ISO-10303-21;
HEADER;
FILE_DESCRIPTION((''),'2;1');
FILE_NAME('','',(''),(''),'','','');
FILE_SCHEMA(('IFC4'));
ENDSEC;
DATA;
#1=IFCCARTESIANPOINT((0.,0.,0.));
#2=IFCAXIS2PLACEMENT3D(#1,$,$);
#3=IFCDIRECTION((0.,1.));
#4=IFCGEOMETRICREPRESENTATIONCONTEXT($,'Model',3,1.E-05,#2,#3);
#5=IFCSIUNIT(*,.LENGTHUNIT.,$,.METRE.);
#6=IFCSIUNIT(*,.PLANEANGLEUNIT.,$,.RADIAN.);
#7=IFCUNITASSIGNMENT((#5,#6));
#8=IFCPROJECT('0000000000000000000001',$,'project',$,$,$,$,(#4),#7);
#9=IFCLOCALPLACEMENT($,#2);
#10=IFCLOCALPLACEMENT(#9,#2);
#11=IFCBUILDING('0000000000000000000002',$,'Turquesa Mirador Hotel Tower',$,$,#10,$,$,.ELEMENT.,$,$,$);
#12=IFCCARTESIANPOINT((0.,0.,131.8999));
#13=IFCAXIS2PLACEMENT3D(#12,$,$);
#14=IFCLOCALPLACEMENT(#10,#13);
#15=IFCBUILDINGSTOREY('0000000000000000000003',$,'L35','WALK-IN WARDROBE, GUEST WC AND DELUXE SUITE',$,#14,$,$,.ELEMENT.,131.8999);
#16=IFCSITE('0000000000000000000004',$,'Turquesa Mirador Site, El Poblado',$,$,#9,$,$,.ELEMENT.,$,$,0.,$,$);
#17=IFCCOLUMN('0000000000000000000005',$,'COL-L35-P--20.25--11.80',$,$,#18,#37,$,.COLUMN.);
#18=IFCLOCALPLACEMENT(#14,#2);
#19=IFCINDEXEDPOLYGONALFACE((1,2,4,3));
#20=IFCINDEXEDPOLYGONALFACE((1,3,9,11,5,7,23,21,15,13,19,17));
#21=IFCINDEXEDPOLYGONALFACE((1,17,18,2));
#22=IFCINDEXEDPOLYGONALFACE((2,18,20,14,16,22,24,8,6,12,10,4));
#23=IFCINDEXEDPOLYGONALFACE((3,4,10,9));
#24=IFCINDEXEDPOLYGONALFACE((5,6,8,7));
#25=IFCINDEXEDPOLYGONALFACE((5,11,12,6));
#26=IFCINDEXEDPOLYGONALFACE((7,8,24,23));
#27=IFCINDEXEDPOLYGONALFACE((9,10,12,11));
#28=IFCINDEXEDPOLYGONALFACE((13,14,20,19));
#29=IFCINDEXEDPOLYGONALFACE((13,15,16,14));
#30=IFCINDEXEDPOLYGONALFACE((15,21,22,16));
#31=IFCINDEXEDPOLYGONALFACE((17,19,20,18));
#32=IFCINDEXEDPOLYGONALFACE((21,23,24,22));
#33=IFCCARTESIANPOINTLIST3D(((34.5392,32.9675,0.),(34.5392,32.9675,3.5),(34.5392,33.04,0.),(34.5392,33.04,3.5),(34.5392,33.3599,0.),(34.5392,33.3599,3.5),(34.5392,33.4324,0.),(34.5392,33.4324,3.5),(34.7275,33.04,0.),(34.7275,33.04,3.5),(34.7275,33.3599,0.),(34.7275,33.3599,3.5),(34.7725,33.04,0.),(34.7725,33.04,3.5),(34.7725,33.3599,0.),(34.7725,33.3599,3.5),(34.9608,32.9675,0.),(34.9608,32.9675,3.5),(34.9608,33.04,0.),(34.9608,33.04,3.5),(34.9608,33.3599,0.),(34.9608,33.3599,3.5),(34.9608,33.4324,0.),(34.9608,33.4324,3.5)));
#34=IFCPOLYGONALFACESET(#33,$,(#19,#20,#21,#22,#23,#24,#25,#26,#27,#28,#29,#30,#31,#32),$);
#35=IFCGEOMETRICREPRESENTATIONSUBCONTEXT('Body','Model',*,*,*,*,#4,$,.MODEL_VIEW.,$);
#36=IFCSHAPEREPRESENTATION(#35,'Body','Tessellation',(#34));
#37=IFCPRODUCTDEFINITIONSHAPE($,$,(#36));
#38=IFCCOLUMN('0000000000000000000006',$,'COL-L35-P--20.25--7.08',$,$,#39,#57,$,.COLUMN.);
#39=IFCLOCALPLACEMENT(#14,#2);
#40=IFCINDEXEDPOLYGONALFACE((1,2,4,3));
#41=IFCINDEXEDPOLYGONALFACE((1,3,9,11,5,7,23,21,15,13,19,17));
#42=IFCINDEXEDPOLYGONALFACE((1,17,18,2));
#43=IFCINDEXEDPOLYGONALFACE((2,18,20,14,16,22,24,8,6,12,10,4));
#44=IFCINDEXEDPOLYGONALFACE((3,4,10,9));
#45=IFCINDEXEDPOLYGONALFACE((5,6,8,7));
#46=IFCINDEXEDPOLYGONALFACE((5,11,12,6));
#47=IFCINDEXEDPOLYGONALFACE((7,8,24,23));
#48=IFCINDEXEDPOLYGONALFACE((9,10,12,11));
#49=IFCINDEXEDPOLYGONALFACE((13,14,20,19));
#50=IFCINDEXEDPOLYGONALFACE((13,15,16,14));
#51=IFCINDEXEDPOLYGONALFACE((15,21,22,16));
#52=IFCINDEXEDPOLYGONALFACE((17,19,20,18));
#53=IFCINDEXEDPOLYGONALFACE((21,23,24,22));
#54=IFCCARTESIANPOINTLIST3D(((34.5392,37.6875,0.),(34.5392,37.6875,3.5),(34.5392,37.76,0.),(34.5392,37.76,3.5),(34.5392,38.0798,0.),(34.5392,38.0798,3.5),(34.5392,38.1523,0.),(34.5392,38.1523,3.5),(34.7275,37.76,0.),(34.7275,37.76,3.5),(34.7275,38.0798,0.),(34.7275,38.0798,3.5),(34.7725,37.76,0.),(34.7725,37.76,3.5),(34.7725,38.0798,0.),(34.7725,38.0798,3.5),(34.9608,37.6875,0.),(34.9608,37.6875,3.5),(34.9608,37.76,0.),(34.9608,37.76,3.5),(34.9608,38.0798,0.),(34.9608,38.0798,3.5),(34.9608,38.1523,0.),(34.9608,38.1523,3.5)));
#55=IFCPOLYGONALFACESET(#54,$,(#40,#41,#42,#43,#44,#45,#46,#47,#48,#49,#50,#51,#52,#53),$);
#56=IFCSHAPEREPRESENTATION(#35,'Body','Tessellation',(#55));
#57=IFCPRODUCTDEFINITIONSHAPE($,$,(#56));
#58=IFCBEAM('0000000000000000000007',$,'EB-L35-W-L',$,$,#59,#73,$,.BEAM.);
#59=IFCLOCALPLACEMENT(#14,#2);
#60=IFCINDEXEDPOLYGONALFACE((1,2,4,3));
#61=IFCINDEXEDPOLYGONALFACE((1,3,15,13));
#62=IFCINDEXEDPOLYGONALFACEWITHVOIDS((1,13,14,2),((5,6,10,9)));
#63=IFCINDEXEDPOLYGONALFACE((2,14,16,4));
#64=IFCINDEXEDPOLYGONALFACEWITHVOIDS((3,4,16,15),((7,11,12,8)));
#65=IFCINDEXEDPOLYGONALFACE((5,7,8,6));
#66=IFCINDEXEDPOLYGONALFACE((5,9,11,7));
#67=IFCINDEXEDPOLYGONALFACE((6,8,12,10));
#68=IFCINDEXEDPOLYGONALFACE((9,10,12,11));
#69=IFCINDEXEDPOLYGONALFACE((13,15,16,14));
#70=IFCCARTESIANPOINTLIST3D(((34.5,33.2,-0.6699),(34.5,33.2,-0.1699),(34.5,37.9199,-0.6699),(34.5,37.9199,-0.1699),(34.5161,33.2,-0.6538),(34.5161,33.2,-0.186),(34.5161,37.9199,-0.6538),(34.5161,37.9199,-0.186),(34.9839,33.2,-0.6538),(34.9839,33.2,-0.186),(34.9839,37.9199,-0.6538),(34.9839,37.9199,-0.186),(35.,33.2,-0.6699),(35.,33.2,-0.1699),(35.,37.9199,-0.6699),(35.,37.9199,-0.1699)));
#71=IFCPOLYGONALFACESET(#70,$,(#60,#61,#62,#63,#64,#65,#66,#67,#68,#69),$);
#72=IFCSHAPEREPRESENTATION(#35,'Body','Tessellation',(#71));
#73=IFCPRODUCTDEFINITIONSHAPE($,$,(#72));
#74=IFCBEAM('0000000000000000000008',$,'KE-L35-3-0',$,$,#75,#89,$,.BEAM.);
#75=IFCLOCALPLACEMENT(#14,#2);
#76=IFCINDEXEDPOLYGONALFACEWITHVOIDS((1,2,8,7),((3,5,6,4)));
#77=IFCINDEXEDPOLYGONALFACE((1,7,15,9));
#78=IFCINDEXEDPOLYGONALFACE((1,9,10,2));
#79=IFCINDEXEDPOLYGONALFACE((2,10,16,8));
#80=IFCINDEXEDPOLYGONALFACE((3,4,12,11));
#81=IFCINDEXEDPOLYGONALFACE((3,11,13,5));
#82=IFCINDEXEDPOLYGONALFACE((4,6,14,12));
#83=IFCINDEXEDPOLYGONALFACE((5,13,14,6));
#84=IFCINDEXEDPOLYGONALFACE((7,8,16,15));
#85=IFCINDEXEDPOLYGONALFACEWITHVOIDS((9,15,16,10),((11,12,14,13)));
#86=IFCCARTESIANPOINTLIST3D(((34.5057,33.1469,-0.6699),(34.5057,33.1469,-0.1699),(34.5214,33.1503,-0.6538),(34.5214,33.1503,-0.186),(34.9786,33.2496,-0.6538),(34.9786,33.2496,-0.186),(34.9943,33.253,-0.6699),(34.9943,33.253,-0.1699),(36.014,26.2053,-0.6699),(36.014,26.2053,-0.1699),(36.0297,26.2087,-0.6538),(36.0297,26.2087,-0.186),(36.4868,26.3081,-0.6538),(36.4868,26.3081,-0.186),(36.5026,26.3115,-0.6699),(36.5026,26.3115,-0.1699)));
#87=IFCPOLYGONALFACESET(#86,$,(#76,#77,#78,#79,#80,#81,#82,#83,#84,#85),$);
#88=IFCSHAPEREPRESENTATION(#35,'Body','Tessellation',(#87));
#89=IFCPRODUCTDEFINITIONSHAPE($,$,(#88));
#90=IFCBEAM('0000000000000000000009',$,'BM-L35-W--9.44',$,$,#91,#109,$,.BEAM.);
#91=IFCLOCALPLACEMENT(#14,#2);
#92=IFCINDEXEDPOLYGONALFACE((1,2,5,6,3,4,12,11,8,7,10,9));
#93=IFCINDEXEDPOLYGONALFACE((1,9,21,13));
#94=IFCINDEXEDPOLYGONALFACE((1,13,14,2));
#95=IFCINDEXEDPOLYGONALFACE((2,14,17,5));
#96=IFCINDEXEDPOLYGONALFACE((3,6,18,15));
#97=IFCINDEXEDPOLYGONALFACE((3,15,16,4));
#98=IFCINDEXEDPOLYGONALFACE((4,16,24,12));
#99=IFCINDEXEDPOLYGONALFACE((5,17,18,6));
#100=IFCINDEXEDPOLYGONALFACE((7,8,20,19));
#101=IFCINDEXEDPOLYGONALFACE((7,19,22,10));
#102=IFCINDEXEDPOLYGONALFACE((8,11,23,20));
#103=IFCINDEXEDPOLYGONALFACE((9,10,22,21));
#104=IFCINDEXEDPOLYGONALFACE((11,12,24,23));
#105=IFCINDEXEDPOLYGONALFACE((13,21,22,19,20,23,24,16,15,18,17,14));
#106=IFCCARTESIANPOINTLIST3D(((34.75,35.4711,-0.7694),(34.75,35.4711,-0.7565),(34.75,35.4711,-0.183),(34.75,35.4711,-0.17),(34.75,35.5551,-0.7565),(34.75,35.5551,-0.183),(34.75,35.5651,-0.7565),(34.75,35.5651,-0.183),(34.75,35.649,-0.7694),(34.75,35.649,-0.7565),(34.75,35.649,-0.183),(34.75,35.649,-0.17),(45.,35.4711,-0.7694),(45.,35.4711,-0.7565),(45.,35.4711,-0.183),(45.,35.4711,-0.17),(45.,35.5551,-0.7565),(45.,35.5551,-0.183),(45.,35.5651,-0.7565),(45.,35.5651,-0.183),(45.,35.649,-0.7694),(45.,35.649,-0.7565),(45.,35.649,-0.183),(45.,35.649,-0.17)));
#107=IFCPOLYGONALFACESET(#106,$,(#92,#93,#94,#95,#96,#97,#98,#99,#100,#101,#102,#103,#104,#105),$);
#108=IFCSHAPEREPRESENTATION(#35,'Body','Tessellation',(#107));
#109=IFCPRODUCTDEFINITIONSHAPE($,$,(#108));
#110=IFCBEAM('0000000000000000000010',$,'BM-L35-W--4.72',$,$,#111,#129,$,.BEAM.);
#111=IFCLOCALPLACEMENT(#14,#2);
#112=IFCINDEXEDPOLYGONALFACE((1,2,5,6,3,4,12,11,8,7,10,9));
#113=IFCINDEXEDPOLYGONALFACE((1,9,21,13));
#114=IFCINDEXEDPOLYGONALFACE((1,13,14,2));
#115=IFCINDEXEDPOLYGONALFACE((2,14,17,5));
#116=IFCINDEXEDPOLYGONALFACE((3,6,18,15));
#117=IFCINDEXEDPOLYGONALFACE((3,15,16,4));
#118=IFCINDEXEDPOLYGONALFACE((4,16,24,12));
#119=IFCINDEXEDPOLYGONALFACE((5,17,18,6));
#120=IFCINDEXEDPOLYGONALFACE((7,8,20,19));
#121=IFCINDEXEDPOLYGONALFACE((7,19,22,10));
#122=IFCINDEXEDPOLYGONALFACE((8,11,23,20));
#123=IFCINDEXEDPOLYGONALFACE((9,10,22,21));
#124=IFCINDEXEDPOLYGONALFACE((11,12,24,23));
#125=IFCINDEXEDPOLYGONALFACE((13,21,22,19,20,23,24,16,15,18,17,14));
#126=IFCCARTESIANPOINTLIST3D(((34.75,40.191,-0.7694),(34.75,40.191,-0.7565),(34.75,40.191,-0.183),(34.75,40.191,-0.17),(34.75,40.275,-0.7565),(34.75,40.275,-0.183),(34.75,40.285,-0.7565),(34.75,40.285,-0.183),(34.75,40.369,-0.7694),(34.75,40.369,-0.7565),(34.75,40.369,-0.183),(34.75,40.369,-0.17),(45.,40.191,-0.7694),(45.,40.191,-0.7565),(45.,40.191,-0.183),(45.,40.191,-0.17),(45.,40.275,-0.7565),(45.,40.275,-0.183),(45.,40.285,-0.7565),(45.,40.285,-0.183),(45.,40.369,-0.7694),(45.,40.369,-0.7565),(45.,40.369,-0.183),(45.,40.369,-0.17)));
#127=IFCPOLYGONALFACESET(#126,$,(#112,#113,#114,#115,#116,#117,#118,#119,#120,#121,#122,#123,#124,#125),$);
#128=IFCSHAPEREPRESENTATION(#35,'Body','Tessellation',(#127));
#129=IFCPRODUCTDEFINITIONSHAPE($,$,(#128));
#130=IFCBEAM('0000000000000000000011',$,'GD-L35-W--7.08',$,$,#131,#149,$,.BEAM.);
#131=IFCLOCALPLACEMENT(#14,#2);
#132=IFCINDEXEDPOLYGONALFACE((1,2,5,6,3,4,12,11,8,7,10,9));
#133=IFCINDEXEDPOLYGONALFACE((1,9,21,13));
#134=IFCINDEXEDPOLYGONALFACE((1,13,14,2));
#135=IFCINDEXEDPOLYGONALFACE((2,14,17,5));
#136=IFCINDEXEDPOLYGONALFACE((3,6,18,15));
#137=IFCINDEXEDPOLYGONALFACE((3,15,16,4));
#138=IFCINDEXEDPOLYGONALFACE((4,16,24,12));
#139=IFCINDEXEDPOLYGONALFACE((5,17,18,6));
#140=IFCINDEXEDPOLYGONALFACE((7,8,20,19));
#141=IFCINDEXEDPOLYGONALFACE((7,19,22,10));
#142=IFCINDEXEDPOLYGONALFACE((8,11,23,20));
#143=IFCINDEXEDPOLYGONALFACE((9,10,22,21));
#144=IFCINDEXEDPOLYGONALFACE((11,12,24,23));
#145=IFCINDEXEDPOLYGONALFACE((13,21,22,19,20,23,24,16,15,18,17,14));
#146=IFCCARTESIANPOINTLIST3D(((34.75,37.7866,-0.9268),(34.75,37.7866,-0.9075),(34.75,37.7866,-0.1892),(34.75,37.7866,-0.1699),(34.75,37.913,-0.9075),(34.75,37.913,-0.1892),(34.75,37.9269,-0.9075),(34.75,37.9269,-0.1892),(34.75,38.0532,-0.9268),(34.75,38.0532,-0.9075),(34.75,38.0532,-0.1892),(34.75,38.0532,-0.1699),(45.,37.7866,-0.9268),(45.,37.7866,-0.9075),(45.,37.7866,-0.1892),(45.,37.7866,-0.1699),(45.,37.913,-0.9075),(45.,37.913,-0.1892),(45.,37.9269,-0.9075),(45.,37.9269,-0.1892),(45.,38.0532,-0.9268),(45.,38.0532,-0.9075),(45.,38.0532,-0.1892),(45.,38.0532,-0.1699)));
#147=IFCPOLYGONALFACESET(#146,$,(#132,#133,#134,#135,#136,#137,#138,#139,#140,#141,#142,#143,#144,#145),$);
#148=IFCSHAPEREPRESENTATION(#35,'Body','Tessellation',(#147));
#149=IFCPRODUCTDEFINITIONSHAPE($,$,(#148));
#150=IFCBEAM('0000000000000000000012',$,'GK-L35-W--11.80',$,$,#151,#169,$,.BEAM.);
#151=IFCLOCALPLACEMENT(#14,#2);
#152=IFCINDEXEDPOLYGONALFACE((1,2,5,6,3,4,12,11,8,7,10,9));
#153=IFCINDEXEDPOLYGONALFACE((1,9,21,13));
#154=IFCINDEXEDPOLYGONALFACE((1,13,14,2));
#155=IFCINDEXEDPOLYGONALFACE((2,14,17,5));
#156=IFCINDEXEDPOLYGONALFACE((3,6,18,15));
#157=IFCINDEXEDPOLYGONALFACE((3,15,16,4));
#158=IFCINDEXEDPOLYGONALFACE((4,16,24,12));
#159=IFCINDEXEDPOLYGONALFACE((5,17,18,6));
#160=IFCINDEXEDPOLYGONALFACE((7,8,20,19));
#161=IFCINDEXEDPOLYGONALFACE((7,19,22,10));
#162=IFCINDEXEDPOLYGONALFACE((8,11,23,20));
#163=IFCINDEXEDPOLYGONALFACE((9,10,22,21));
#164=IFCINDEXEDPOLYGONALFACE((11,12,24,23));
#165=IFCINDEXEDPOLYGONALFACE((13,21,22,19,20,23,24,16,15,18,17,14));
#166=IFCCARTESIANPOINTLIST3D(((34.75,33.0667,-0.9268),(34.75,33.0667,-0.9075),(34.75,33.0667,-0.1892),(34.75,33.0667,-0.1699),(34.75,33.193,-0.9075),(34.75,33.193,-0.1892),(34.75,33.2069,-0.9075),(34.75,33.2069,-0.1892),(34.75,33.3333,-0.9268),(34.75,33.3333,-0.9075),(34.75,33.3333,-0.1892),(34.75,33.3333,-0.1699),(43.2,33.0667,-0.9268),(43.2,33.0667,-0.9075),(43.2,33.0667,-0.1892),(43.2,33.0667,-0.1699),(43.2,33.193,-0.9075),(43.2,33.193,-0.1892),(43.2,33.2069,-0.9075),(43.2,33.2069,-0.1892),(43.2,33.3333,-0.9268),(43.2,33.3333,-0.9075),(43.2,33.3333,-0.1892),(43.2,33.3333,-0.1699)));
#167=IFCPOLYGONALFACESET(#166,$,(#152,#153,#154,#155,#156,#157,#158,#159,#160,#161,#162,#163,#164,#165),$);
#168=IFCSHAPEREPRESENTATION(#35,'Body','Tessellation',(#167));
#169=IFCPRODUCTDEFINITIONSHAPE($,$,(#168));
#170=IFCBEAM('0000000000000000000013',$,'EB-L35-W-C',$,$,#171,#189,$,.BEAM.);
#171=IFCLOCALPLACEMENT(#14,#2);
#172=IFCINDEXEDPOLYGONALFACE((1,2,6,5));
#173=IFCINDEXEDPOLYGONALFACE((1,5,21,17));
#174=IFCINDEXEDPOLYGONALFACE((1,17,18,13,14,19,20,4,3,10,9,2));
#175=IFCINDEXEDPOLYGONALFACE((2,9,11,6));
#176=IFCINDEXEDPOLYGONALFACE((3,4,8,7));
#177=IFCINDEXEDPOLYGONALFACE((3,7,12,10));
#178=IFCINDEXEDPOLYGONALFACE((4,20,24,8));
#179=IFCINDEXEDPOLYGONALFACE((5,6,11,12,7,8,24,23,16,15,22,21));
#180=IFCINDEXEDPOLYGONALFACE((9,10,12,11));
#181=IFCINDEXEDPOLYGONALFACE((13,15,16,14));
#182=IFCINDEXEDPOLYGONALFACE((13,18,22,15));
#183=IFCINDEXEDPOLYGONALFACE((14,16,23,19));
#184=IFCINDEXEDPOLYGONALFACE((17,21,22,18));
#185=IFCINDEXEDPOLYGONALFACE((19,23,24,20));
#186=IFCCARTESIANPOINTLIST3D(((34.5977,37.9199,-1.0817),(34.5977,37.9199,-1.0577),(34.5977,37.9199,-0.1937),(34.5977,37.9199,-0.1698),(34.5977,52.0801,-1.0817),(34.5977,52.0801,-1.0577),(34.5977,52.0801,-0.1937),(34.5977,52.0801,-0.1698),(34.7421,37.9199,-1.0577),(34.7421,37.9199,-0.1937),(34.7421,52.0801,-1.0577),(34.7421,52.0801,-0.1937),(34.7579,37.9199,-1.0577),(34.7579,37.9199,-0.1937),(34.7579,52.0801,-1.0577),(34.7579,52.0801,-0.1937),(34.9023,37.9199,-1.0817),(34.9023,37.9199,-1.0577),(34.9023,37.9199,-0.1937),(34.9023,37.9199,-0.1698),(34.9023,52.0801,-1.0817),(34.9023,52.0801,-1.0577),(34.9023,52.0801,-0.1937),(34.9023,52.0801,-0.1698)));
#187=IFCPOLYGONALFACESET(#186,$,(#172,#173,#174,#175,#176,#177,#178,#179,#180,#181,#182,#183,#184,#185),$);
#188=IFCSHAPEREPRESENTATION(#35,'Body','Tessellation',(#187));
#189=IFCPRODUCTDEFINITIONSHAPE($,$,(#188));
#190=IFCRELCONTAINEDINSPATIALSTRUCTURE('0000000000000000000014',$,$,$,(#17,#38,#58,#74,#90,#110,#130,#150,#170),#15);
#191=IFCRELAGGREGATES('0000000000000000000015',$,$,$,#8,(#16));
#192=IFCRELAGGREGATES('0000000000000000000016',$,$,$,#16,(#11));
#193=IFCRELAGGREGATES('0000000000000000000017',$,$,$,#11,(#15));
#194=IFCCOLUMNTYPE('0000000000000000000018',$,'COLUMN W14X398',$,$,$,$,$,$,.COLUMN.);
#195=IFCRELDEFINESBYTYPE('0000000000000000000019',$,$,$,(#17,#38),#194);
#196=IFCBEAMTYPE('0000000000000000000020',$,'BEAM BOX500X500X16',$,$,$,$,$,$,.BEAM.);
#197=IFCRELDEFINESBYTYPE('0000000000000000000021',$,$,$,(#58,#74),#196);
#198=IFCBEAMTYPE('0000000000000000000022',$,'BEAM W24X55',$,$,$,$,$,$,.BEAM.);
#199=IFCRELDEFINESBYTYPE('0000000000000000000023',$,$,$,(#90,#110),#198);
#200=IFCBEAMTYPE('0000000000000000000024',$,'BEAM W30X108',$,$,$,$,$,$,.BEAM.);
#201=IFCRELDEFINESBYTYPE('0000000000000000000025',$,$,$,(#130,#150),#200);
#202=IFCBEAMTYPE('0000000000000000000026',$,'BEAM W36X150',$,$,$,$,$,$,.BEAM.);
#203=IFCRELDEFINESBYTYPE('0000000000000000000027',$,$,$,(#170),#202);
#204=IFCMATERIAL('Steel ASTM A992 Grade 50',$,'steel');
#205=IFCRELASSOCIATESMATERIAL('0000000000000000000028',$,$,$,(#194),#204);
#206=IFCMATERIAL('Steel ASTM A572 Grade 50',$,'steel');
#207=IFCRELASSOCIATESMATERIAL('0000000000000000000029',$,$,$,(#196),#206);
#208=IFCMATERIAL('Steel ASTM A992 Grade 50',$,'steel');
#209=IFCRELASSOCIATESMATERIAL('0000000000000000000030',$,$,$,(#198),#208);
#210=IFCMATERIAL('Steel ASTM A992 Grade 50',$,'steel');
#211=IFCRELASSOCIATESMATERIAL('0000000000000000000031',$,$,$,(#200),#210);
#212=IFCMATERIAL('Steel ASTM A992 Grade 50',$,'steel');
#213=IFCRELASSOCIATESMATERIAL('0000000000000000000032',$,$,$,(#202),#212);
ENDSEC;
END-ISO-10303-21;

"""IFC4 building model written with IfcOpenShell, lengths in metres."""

from ifc_helpers import new_model, si_unit, direction, frame, origin, origin_2d, place, context, subcontext, project, spatial, hollow_rectangle, i_section, extrude, material, material_profile, profile_set, type_object, element, save


model = new_model("IFC4")

# Units and contexts
model_context = context("Model", 3, precision=1e-05, world=origin(), true_north=direction((0.0, 1.0)))
body_context = subcontext(model_context, "Body", "Model", "MODEL_VIEW")
ifc_project = project(units=[si_unit("LENGTHUNIT", "METRE"), si_unit("PLANEANGLEUNIT", "RADIAN")], contexts=[model_context])

# Site, building, storey
site_placement = place(None, origin())
site = spatial("IfcSite", under=ifc_project, at=site_placement, Name="Turquesa Mirador Site, El Poblado", CompositionType="ELEMENT", RefElevation=0.0)
building_placement = place(site_placement, origin())
building = spatial("IfcBuilding", under=site, at=building_placement, Name="Turquesa Mirador Hotel Tower", CompositionType="ELEMENT")
storey_placement = place(building_placement, frame((0.0, 0.0, 131.8999)))
storey = spatial("IfcBuildingStorey", under=building, at=storey_placement, Name="L35", Description="WALK-IN WARDROBE, GUEST WC AND DELUXE SUITE", CompositionType="ELEMENT", Elevation=131.8999)

# Columns
ifc_material_1 = material(Name="Steel ASTM A992 Grade 50", Category="steel")
ifc_material_profile_1 = material_profile(ifc_material_1, i_section(OverallWidth=0.4216, OverallDepth=0.4648, WebThickness=0.0449, FlangeThickness=0.0725, at=origin_2d()), Name="W14X398")
ifc_profile_set_1 = profile_set([ifc_material_profile_1], Name="Steel ASTM A992 Grade 50")
column_type = type_object("IfcColumnType", Name="COLUMN W14X398", PredefinedType="COLUMN", material=ifc_profile_set_1)
for number, where, z_axis, x_axis, name in (
    (1, (34.75, 33.2, 0.0), (0.0, 0.0, 1.0), (1.0, 0.0, 0.0), "COL-L35-P--20.25--11.80"),
    (2, (34.75, 37.9199, 0.0), (0.0, 0.0, 1.0), (1.0, 0.0, 0.0), "COL-L35-P--20.25--7.08"),
):
    element("IfcColumn", number, at=place(storey_placement, frame(where, z_axis=z_axis, x_axis=x_axis)), inside=storey, type_object=column_type, Name=name, PredefinedType="COLUMN", context=body_context, shape_type="SweptSolid", body=[
        extrude(i_section(OverallWidth=0.4216, OverallDepth=0.4648, WebThickness=0.0449, FlangeThickness=0.0725, at=origin_2d()), origin(), (0.0, 0.0, 1.0), 3.5),
    ])

# Beams
ifc_material_2 = material(Name="Steel ASTM A572 Grade 50", Category="steel")
ifc_material_profile_2 = material_profile(ifc_material_2, hollow_rectangle(XDim=0.5, YDim=0.5, WallThickness=0.0161, at=origin_2d()), Name="BOX500X500X16")
ifc_profile_set_2 = profile_set([ifc_material_profile_2], Name="Steel ASTM A572 Grade 50")
beam_type_1 = type_object("IfcBeamType", Name="BEAM BOX500X500X16", PredefinedType="BEAM", material=ifc_profile_set_2)
beam_1_placement = place(storey_placement, frame((34.75, 33.2, -0.4199), z_axis=(0.0, 1.0, 0.0), x_axis=(-1.0, 0.0, 0.0)))
element("IfcBeam", 3, at=beam_1_placement, inside=storey, type_object=beam_type_1, Name="EB-L35-W-L", PredefinedType="BEAM", context=body_context, shape_type="SweptSolid", body=[
    extrude(hollow_rectangle(XDim=0.5, YDim=0.5, WallThickness=0.0161, at=origin_2d()), origin(), (0.0, 0.0, 1.0), 4.72),
])
beam_2_placement = place(storey_placement, frame((34.75, 33.2, -0.4199), z_axis=(0.212328, -0.977198, 0.0), x_axis=(0.977198, 0.212328, 0.0)))
element("IfcBeam", 4, at=beam_2_placement, inside=storey, type_object=beam_type_1, Name="KE-L35-3-0", PredefinedType="BEAM", context=body_context, shape_type="SweptSolid", body=[
    extrude(hollow_rectangle(XDim=0.5, YDim=0.5, WallThickness=0.0161, at=origin_2d()), origin(), (0.0, 0.0, 1.0), 7.1035),
])
ifc_material_3 = material(Name="Steel ASTM A992 Grade 50", Category="steel")
ifc_material_profile_3 = material_profile(ifc_material_3, i_section(OverallWidth=0.178, OverallDepth=0.5994, WebThickness=0.01, FlangeThickness=0.0129, at=origin_2d()), Name="W24X55")
ifc_profile_set_3 = profile_set([ifc_material_profile_3], Name="Steel ASTM A992 Grade 50")
beam_type_2 = type_object("IfcBeamType", Name="BEAM W24X55", PredefinedType="BEAM", material=ifc_profile_set_3)
for number, where, z_axis, x_axis, name in (
    (5, (34.75, 35.5601, -0.4697), (1.0, 0.0, 0.0), (0.0, 1.0, 0.0), "BM-L35-W--9.44"),
    (6, (34.75, 40.28, -0.4697), (1.0, 0.0, 0.0), (0.0, 1.0, 0.0), "BM-L35-W--4.72"),
):
    element("IfcBeam", number, at=place(storey_placement, frame(where, z_axis=z_axis, x_axis=x_axis)), inside=storey, type_object=beam_type_2, Name=name, PredefinedType="BEAM", context=body_context, shape_type="SweptSolid", body=[
        extrude(i_section(OverallWidth=0.178, OverallDepth=0.5994, WebThickness=0.01, FlangeThickness=0.0129, at=origin_2d()), origin(), (0.0, 0.0, 1.0), 10.25),
    ])
ifc_material_4 = material(Name="Steel ASTM A992 Grade 50", Category="steel")
ifc_material_profile_4 = material_profile(ifc_material_4, i_section(OverallWidth=0.2666, OverallDepth=0.7568, WebThickness=0.0139, FlangeThickness=0.0193, at=origin_2d()), Name="W30X108")
ifc_profile_set_4 = profile_set([ifc_material_profile_4], Name="Steel ASTM A992 Grade 50")
beam_type_3 = type_object("IfcBeamType", Name="BEAM W30X108", PredefinedType="BEAM", material=ifc_profile_set_4)
beam_3_placement = place(storey_placement, frame((34.75, 37.9199, -0.5483), z_axis=(1.0, 0.0, 0.0), x_axis=(0.0, 1.0, 0.0)))
element("IfcBeam", 7, at=beam_3_placement, inside=storey, type_object=beam_type_3, Name="GD-L35-W--7.08", PredefinedType="BEAM", context=body_context, shape_type="SweptSolid", body=[
    extrude(i_section(OverallWidth=0.2666, OverallDepth=0.7568, WebThickness=0.0139, FlangeThickness=0.0193, at=origin_2d()), origin(), (0.0, 0.0, 1.0), 10.25),
])
beam_4_placement = place(storey_placement, frame((34.75, 33.2, -0.5483), z_axis=(1.0, 0.0, 0.0), x_axis=(0.0, 1.0, 0.0)))
element("IfcBeam", 8, at=beam_4_placement, inside=storey, type_object=beam_type_3, Name="GK-L35-W--11.80", PredefinedType="BEAM", context=body_context, shape_type="SweptSolid", body=[
    extrude(i_section(OverallWidth=0.2666, OverallDepth=0.7568, WebThickness=0.0139, FlangeThickness=0.0193, at=origin_2d()), origin(), (0.0, 0.0, 1.0), 8.45),
])
ifc_material_5 = material(Name="Steel ASTM A992 Grade 50", Category="steel")
ifc_material_profile_5 = material_profile(ifc_material_5, i_section(OverallWidth=0.3047, OverallDepth=0.9119, WebThickness=0.0159, FlangeThickness=0.0239, at=origin_2d()), Name="W36X150")
ifc_profile_set_5 = profile_set([ifc_material_profile_5], Name="Steel ASTM A992 Grade 50")
beam_type_4 = type_object("IfcBeamType", Name="BEAM W36X150", PredefinedType="BEAM", material=ifc_profile_set_5)
beam_5_placement = place(storey_placement, frame((34.75, 37.9199, -0.6257), z_axis=(0.0, 1.0, 0.0), x_axis=(-1.0, 0.0, 0.0)))
element("IfcBeam", 9, at=beam_5_placement, inside=storey, type_object=beam_type_4, Name="EB-L35-W-C", PredefinedType="BEAM", context=body_context, shape_type="SweptSolid", body=[
    extrude(i_section(OverallWidth=0.3047, OverallDepth=0.9119, WebThickness=0.0159, FlangeThickness=0.0239, at=origin_2d()), origin(), (0.0, 0.0, 1.0), 14.1602),
])

save(model, "model.ifc")
